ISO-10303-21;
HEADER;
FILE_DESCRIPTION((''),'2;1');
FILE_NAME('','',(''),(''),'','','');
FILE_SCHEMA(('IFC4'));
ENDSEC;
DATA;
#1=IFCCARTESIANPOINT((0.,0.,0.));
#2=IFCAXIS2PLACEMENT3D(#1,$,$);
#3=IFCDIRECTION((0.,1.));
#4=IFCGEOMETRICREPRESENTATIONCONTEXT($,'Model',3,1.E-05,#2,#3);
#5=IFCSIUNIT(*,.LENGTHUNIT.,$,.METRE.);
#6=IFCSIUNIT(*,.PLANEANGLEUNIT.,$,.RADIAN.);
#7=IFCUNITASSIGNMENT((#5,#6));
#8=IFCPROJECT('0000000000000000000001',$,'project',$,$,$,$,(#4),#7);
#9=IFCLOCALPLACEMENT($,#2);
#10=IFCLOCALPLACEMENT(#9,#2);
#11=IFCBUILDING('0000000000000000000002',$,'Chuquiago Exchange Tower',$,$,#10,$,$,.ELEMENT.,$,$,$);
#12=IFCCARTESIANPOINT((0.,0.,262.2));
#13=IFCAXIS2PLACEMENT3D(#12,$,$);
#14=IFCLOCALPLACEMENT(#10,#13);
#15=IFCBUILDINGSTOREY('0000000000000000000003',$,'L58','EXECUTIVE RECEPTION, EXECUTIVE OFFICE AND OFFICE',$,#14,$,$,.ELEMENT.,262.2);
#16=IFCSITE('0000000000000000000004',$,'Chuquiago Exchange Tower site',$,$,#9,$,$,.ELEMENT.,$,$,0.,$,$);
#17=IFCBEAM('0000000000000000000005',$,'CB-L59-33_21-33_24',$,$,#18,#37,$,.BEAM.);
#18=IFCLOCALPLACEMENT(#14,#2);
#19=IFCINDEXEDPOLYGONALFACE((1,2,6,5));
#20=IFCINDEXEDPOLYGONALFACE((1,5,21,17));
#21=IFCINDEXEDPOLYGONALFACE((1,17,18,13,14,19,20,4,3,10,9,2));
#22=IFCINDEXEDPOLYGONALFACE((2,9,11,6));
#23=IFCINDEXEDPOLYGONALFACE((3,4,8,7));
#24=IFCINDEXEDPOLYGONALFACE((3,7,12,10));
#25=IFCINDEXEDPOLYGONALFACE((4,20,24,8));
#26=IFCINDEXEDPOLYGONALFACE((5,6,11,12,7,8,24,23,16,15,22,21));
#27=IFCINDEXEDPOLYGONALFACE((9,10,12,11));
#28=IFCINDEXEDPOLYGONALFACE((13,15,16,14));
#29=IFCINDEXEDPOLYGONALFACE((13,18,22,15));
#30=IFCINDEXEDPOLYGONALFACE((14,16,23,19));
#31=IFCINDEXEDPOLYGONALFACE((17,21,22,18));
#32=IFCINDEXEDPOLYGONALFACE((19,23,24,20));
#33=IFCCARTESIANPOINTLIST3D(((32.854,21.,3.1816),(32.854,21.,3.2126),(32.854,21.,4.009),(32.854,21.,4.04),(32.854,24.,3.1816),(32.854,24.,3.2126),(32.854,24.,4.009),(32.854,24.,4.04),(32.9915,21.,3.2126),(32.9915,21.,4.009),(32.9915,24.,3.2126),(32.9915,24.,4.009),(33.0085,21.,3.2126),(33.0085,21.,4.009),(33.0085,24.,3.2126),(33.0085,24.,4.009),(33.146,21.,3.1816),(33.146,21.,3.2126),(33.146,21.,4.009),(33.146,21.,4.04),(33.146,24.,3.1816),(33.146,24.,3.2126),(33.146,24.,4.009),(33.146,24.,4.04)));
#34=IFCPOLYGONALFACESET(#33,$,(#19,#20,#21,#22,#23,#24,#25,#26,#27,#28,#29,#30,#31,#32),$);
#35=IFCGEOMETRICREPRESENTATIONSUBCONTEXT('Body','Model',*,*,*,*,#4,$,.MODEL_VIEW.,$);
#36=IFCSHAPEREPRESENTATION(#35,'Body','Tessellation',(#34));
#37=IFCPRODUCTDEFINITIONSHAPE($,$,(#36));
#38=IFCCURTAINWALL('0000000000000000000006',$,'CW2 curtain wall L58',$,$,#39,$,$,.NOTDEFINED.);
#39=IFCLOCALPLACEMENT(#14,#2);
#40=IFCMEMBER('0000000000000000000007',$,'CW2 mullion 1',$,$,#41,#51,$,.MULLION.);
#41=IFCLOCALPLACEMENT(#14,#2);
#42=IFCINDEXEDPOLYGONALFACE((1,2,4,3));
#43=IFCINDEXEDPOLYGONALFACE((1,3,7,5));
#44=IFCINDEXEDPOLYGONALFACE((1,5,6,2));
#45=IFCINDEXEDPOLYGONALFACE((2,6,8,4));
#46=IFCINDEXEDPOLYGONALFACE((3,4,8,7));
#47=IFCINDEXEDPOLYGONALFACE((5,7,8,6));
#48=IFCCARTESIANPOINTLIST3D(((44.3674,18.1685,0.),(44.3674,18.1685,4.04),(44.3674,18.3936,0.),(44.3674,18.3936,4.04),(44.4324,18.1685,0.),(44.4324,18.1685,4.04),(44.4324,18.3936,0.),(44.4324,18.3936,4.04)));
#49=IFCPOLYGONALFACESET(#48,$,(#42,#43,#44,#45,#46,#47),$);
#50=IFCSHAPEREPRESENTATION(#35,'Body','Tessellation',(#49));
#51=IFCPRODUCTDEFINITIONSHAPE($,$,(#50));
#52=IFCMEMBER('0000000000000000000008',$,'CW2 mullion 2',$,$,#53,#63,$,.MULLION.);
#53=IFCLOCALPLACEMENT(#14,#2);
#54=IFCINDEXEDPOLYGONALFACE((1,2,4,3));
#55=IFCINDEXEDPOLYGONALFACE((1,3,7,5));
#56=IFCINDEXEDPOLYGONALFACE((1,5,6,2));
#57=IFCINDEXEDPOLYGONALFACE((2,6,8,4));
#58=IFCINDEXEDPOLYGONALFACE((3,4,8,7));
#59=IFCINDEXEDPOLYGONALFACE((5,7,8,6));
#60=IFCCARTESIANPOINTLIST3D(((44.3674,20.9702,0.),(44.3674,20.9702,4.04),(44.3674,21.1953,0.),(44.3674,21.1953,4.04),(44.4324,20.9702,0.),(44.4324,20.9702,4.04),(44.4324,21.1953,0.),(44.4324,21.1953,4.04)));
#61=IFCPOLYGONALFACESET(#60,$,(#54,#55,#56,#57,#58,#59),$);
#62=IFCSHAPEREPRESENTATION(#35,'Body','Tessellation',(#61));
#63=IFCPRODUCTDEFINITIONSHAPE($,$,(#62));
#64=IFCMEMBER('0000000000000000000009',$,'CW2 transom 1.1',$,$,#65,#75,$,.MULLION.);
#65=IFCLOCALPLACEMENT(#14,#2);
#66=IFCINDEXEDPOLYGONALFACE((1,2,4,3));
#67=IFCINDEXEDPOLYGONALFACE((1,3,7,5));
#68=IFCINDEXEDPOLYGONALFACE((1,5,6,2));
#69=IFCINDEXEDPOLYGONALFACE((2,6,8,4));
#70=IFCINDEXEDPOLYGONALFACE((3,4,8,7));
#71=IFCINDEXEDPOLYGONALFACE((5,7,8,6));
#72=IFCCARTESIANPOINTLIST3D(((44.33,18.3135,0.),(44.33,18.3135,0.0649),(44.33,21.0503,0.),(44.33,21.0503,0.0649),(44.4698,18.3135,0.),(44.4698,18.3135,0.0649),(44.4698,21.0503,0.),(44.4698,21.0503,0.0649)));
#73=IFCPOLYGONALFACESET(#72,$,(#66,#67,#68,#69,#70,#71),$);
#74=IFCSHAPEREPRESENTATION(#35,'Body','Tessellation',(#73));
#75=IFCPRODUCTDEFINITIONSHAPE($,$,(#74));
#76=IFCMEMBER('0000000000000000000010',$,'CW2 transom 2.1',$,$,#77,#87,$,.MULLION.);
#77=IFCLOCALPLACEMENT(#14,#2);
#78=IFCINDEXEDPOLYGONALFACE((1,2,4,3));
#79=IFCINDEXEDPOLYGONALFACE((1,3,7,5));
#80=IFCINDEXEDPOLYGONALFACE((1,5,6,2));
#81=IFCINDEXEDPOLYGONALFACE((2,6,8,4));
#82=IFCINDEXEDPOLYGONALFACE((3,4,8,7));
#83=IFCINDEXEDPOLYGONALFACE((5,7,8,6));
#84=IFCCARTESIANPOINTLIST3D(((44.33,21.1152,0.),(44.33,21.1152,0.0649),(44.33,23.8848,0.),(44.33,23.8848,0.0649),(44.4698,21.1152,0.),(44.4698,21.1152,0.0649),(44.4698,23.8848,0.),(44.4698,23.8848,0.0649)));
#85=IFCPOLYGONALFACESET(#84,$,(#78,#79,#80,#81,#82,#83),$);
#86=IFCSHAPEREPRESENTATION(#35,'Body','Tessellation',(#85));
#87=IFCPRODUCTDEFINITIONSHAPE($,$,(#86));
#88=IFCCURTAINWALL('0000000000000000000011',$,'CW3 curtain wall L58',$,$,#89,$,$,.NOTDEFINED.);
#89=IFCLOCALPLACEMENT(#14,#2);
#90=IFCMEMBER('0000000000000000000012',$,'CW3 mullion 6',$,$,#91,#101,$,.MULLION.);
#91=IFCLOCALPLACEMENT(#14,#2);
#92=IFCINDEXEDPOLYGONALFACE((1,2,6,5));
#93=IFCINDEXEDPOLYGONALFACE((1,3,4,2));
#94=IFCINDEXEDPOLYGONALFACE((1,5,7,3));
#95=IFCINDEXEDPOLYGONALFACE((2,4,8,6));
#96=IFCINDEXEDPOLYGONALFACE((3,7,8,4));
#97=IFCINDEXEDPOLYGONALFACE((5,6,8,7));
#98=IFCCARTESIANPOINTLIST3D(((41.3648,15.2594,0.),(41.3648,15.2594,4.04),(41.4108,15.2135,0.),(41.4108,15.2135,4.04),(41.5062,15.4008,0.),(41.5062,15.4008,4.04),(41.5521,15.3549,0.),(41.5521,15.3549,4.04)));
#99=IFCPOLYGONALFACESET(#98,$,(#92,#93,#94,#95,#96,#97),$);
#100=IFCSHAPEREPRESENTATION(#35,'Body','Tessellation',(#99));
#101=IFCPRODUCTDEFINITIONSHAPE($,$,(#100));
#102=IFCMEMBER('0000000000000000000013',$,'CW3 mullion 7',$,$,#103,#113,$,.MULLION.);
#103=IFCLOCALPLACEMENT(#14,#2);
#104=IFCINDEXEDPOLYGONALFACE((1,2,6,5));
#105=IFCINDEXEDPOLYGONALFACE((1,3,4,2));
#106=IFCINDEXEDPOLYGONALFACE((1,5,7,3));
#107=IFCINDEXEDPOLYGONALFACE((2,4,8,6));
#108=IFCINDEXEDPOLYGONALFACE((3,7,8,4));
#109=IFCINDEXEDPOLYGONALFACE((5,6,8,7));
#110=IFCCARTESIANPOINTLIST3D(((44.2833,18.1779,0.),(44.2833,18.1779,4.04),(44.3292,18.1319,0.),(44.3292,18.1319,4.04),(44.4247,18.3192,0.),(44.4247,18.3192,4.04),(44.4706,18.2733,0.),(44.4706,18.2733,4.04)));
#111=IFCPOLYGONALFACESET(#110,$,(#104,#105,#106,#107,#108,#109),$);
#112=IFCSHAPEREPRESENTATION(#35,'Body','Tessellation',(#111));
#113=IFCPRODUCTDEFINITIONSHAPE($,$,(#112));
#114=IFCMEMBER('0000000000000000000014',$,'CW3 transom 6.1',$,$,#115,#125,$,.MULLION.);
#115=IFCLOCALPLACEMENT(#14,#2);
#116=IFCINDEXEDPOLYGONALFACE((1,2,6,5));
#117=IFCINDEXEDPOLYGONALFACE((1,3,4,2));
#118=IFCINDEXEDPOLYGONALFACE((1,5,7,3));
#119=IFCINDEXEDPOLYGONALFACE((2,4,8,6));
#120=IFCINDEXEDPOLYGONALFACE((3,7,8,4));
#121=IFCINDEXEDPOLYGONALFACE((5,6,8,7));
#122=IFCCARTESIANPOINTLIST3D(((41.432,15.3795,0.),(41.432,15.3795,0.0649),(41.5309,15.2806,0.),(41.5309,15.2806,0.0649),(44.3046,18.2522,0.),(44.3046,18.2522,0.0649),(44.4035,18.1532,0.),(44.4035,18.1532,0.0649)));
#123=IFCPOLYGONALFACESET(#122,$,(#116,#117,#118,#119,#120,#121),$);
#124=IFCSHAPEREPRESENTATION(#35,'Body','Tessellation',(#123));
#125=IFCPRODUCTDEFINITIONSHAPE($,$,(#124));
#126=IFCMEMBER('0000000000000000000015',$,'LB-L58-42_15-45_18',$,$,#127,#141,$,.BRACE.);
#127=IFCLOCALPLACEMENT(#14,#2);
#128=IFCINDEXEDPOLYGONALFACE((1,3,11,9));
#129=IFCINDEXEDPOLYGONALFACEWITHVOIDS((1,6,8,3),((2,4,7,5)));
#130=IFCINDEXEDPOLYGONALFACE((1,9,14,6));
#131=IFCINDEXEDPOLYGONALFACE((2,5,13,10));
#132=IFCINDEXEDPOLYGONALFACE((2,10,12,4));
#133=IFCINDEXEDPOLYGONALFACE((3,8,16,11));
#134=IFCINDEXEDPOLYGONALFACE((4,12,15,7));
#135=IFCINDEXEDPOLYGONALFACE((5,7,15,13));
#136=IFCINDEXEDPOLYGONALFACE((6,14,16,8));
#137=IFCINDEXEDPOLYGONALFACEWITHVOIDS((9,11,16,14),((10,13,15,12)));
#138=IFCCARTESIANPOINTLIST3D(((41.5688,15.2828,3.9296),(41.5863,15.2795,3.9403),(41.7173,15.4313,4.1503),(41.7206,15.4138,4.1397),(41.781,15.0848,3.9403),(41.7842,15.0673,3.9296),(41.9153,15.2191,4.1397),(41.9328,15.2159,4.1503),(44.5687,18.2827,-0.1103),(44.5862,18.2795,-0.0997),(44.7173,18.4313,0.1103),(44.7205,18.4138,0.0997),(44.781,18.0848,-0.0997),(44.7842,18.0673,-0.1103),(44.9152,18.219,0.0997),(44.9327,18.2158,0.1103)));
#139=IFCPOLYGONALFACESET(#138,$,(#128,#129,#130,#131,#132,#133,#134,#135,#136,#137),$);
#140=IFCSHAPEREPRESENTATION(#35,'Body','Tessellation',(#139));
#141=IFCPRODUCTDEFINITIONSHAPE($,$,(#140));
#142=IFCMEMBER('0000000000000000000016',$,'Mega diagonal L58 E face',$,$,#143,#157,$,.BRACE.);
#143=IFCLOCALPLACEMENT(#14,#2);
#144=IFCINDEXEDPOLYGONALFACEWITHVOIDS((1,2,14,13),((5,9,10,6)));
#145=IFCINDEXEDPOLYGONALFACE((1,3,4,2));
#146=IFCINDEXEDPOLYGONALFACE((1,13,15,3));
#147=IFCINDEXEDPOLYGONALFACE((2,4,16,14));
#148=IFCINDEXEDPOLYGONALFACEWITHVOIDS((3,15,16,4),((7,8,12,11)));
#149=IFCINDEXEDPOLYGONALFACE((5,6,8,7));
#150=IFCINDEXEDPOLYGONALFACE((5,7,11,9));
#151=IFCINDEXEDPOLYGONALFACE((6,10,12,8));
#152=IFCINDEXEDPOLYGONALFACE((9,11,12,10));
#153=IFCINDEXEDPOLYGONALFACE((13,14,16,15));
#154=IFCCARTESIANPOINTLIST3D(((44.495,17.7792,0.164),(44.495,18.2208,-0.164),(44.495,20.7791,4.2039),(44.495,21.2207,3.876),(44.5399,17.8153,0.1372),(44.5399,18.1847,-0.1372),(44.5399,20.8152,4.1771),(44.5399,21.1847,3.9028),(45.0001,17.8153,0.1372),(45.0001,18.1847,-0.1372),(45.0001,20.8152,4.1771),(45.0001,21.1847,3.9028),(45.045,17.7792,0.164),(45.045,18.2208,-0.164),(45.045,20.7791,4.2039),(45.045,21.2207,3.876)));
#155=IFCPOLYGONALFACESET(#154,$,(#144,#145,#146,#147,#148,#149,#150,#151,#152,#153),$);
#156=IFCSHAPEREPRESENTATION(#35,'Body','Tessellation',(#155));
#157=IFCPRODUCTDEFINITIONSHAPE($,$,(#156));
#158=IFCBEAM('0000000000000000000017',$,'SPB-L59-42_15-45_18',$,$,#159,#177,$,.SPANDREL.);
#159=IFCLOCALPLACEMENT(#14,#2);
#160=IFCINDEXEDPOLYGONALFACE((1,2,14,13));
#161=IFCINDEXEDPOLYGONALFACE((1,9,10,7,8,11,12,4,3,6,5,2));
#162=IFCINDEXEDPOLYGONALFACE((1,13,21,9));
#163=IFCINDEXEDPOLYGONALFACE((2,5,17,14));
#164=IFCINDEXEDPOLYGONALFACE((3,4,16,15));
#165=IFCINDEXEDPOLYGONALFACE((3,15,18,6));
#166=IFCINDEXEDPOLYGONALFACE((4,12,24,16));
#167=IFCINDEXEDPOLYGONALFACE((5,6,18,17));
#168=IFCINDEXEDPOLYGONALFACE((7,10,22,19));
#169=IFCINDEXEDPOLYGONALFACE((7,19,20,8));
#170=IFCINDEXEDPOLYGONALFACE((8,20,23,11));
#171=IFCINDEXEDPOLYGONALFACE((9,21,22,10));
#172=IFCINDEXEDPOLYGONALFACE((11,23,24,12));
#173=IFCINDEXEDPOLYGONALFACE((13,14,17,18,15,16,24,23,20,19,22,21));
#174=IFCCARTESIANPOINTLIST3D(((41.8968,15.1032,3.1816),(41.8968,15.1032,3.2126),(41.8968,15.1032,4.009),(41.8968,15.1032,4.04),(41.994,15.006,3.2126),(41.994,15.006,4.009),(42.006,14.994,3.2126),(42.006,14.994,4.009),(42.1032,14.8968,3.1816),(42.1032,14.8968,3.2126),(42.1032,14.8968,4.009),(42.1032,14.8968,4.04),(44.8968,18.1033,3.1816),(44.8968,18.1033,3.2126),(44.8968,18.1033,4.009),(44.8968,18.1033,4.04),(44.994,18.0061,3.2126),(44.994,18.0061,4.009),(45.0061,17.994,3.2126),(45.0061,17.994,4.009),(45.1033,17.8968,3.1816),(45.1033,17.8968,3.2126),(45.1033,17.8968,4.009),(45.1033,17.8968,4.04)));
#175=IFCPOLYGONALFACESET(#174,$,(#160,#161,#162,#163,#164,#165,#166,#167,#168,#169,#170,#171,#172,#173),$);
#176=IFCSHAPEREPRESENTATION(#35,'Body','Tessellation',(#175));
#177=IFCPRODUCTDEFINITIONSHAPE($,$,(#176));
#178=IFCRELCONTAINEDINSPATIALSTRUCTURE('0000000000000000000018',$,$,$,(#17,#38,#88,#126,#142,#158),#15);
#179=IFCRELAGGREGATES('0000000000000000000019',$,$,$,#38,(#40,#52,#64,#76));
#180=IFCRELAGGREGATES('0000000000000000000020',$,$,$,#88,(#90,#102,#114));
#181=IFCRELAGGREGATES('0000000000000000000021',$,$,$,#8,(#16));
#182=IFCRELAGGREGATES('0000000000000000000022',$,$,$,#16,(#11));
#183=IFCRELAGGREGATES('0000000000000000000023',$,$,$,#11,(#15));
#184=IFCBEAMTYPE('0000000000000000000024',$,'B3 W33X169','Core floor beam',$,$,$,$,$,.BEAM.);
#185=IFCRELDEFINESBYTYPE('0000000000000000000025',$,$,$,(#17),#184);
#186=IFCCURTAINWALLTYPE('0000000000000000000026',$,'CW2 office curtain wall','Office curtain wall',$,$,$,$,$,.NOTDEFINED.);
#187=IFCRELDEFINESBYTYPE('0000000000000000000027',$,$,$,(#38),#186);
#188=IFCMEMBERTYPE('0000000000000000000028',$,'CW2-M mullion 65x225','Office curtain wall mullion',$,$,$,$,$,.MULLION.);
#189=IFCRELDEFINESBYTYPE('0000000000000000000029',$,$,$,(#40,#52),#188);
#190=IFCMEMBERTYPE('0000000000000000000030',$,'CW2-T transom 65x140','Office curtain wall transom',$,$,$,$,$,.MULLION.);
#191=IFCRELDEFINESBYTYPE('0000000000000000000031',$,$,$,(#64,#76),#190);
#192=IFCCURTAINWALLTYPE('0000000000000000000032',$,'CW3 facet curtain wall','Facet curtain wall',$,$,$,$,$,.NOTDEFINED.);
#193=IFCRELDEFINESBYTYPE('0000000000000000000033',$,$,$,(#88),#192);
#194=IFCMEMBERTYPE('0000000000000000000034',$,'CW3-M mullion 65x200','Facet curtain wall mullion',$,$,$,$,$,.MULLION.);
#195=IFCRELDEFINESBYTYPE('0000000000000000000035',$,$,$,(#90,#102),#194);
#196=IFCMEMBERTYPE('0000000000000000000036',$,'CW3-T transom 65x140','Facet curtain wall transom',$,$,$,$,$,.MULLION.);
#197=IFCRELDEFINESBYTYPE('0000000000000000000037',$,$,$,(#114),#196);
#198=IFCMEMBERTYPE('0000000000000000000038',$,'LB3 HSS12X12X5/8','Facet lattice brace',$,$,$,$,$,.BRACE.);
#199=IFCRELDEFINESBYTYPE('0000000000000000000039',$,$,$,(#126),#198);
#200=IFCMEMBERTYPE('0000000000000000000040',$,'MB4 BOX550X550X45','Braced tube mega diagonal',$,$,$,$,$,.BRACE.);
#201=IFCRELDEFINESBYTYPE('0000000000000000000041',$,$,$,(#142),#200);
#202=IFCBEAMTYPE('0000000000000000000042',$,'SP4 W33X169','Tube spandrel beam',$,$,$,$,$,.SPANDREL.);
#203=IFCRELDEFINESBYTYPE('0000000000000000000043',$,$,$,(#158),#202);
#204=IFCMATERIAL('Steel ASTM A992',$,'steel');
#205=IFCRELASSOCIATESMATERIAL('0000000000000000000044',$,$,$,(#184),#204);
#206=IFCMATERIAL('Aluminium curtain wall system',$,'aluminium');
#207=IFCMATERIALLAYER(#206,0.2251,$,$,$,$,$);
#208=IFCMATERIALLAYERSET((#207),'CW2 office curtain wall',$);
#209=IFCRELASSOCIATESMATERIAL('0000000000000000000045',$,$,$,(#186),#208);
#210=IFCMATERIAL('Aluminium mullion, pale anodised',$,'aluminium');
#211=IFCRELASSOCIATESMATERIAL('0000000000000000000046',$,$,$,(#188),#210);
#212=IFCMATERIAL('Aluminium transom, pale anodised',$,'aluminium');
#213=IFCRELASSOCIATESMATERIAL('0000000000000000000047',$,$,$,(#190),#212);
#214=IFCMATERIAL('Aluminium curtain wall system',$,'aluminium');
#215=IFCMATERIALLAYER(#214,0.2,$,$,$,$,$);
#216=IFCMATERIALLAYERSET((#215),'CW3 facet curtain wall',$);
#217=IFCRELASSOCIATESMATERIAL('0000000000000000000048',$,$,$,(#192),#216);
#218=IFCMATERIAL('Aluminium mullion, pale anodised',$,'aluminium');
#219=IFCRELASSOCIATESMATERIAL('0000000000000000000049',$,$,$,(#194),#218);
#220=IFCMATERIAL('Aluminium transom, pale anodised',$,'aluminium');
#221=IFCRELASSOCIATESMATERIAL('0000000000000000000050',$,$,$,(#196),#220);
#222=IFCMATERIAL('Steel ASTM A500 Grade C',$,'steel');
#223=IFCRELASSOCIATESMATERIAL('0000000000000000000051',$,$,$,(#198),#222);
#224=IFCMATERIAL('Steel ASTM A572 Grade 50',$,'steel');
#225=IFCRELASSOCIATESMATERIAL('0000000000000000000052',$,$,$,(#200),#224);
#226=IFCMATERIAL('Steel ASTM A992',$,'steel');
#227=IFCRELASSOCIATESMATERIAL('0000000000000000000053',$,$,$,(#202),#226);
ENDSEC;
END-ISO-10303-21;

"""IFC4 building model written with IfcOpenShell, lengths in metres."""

from ifc_helpers import new_model, si_unit, direction, frame, origin, origin_2d, place, context, subcontext, project, spatial, rectangle, hollow_rectangle, i_section, extrude, material, layer, layer_set, material_profile, profile_set, type_object, element, aggregate, save


model = new_model("IFC4")

# Units and contexts
model_context = context("Model", 3, precision=1e-05, world=origin(), true_north=direction((0.0, 1.0)))
body_context = subcontext(model_context, "Body", "Model", "MODEL_VIEW")
ifc_project = project(units=[si_unit("LENGTHUNIT", "METRE"), si_unit("PLANEANGLEUNIT", "RADIAN")], contexts=[model_context])

# Site, building, storey
site_placement = place(None, origin())
site = spatial("IfcSite", under=ifc_project, at=site_placement, Name="Chuquiago Exchange Tower site", CompositionType="ELEMENT", RefElevation=0.0)
building_placement = place(site_placement, origin())
building = spatial("IfcBuilding", under=site, at=building_placement, Name="Chuquiago Exchange Tower", CompositionType="ELEMENT")
storey_placement = place(building_placement, frame((0.0, 0.0, 262.2)))
storey = spatial("IfcBuildingStorey", under=building, at=storey_placement, Name="L58", Description="EXECUTIVE RECEPTION, EXECUTIVE OFFICE AND OFFICE", CompositionType="ELEMENT", Elevation=262.2)

# Beam
ifc_material_1 = material(Name="Steel ASTM A992", Category="steel")
ifc_material_profile_1 = material_profile(ifc_material_1, i_section(OverallWidth=0.292, OverallDepth=0.8584, WebThickness=0.0171, FlangeThickness=0.031, at=origin_2d()), Name="W33X169")
ifc_profile_set_1 = profile_set([ifc_material_profile_1], Name="Steel ASTM A992")
beam_type_1 = type_object("IfcBeamType", Name="B3 W33X169", Description="Core floor beam", PredefinedType="BEAM", material=ifc_profile_set_1)
beam_1_placement = place(storey_placement, frame((33.0, 21.0, 3.6108), z_axis=(0.0, 1.0, 0.0), x_axis=(-1.0, 0.0, 0.0)))
element("IfcBeam", 1, at=beam_1_placement, inside=storey, type_object=beam_type_1, Name="CB-L59-33_21-33_24", PredefinedType="BEAM", context=body_context, shape_type="SweptSolid", body=[
    extrude(i_section(OverallWidth=0.292, OverallDepth=0.8584, WebThickness=0.0171, FlangeThickness=0.031, at=origin_2d()), origin(), (0.0, 0.0, 1.0), 3.0),
])

# Curtain walls, members
ifc_material_2 = material(Name="Aluminium curtain wall system", Category="aluminium")
ifc_layer_1 = layer(ifc_material_2, 0.2251)
ifc_layer_set_1 = layer_set([ifc_layer_1], Name="CW2 office curtain wall")
curtain_wall_type_1 = type_object("IfcCurtainWallType", Name="CW2 office curtain wall", Description="Office curtain wall", PredefinedType="NOTDEFINED", material=ifc_layer_set_1)
curtain_wall_1_placement = place(storey_placement, origin())
curtain_wall_1 = element("IfcCurtainWall", 2, at=curtain_wall_1_placement, inside=storey, type_object=curtain_wall_type_1, Name="CW2 curtain wall L58", PredefinedType="NOTDEFINED")
ifc_material_3 = material(Name="Aluminium mullion, pale anodised", Category="aluminium")
ifc_material_profile_2 = material_profile(ifc_material_3, rectangle(XDim=0.0649, YDim=0.2251, at=origin_2d()), Name="AL 65x225")
ifc_profile_set_2 = profile_set([ifc_material_profile_2], Name="Aluminium mullion, pale anodised")
member_type_1 = type_object("IfcMemberType", Name="CW2-M mullion 65x225", Description="Office curtain wall mullion", PredefinedType="MULLION", material=ifc_profile_set_2)
member_1_placement = place(storey_placement, frame((44.3999, 18.281, 0.0), z_axis=(0.0, 0.0, 1.0), x_axis=(-1.0, 0.0, 0.0)))
member_1 = element("IfcMember", 3, at=member_1_placement, type_object=member_type_1, Name="CW2 mullion 1", PredefinedType="MULLION", context=body_context, shape_type="SweptSolid", body=[
    extrude(rectangle(XDim=0.0649, YDim=0.2251, at=origin_2d()), origin(), (0.0, 0.0, 1.0), 4.04),
])
member_2_placement = place(storey_placement, frame((44.3999, 21.0828, 0.0), z_axis=(0.0, 0.0, 1.0), x_axis=(-1.0, 0.0, 0.0)))
member_2 = element("IfcMember", 4, at=member_2_placement, type_object=member_type_1, Name="CW2 mullion 2", PredefinedType="MULLION", context=body_context, shape_type="SweptSolid", body=[
    extrude(rectangle(XDim=0.0649, YDim=0.2251, at=origin_2d()), origin(), (0.0, 0.0, 1.0), 4.04),
])
ifc_material_4 = material(Name="Aluminium transom, pale anodised", Category="aluminium")
ifc_material_profile_3 = material_profile(ifc_material_4, rectangle(XDim=0.1399, YDim=0.0649, at=origin_2d()), Name="AL 140x65")
ifc_profile_set_3 = profile_set([ifc_material_profile_3], Name="Aluminium transom, pale anodised")
member_type_2 = type_object("IfcMemberType", Name="CW2-T transom 65x140", Description="Office curtain wall transom", PredefinedType="MULLION", material=ifc_profile_set_3)
member_3_placement = place(storey_placement, frame((44.3999, 18.3135, 0.0325), z_axis=(0.0, 1.0, 0.0), x_axis=(-1.0, 0.0, 0.0)))
member_3 = element("IfcMember", 5, at=member_3_placement, type_object=member_type_2, Name="CW2 transom 1.1", PredefinedType="MULLION", context=body_context, shape_type="SweptSolid", body=[
    extrude(rectangle(XDim=0.1399, YDim=0.0649, at=origin_2d()), origin(), (0.0, 0.0, 1.0), 2.7368),
])
member_4_placement = place(storey_placement, frame((44.3999, 21.1152, 0.0325), z_axis=(0.0, 1.0, 0.0), x_axis=(-1.0, 0.0, 0.0)))
member_4 = element("IfcMember", 6, at=member_4_placement, type_object=member_type_2, Name="CW2 transom 2.1", PredefinedType="MULLION", context=body_context, shape_type="SweptSolid", body=[
    extrude(rectangle(XDim=0.1399, YDim=0.0649, at=origin_2d()), origin(), (0.0, 0.0, 1.0), 2.7695),
])
ifc_material_5 = material(Name="Aluminium curtain wall system", Category="aluminium")
ifc_layer_2 = layer(ifc_material_5, 0.2)
ifc_layer_set_2 = layer_set([ifc_layer_2], Name="CW3 facet curtain wall")
curtain_wall_type_2 = type_object("IfcCurtainWallType", Name="CW3 facet curtain wall", Description="Facet curtain wall", PredefinedType="NOTDEFINED", material=ifc_layer_set_2)
curtain_wall_2_placement = place(storey_placement, origin())
curtain_wall_2 = element("IfcCurtainWall", 7, at=curtain_wall_2_placement, inside=storey, type_object=curtain_wall_type_2, Name="CW3 curtain wall L58", PredefinedType="NOTDEFINED")
ifc_material_6 = material(Name="Aluminium mullion, pale anodised", Category="aluminium")
ifc_material_profile_4 = material_profile(ifc_material_6, rectangle(XDim=0.0649, YDim=0.2, at=origin_2d()), Name="AL 65x200")
ifc_profile_set_4 = profile_set([ifc_material_profile_4], Name="Aluminium mullion, pale anodised")
member_type_3 = type_object("IfcMemberType", Name="CW3-M mullion 65x200", Description="Facet curtain wall mullion", PredefinedType="MULLION", material=ifc_profile_set_4)
member_5_placement = place(storey_placement, frame((41.4585, 15.3071, 0.0), z_axis=(0.0, 0.0, 1.0), x_axis=(-0.707107, 0.707107, 0.0)))
member_5 = element("IfcMember", 8, at=member_5_placement, type_object=member_type_3, Name="CW3 mullion 6", PredefinedType="MULLION", context=body_context, shape_type="SweptSolid", body=[
    extrude(rectangle(XDim=0.0649, YDim=0.2, at=origin_2d()), origin(), (0.0, 0.0, 1.0), 4.04),
])
member_6_placement = place(storey_placement, frame((44.377, 18.2256, 0.0), z_axis=(0.0, 0.0, 1.0), x_axis=(-0.707107, 0.707107, 0.0)))
member_6 = element("IfcMember", 9, at=member_6_placement, type_object=member_type_3, Name="CW3 mullion 7", PredefinedType="MULLION", context=body_context, shape_type="SweptSolid", body=[
    extrude(rectangle(XDim=0.0649, YDim=0.2, at=origin_2d()), origin(), (0.0, 0.0, 1.0), 4.04),
])
ifc_material_7 = material(Name="Aluminium transom, pale anodised", Category="aluminium")
ifc_material_profile_5 = material_profile(ifc_material_7, rectangle(XDim=0.1399, YDim=0.0649, at=origin_2d()), Name="AL 140x65")
ifc_profile_set_5 = profile_set([ifc_material_profile_5], Name="Aluminium transom, pale anodised")
member_type_4 = type_object("IfcMemberType", Name="CW3-T transom 65x140", Description="Facet curtain wall transom", PredefinedType="MULLION", material=ifc_profile_set_5)
member_7_placement = place(storey_placement, frame((41.4814, 15.3301, 0.0325), z_axis=(0.707107, 0.707107, 0.0), x_axis=(-0.707107, 0.707107, 0.0)))
member_7 = element("IfcMember", 10, at=member_7_placement, type_object=member_type_4, Name="CW3 transom 6.1", PredefinedType="MULLION", context=body_context, shape_type="SweptSolid", body=[
    extrude(rectangle(XDim=0.1399, YDim=0.0649, at=origin_2d()), origin(), (0.0, 0.0, 1.0), 4.0625),
])

# Members
ifc_material_8 = material(Name="Steel ASTM A500 Grade C", Category="steel")
ifc_material_profile_6 = material_profile(ifc_material_8, hollow_rectangle(XDim=0.3047, YDim=0.3047, WallThickness=0.0146, at=origin_2d()), Name="HSS12X12X5/8")
ifc_profile_set_6 = profile_set([ifc_material_profile_6], Name="Steel ASTM A500 Grade C")
member_type_5 = type_object("IfcMemberType", Name="LB3 HSS12X12X5/8", Description="Facet lattice brace", PredefinedType="BRACE", material=ifc_profile_set_6)
member_8_placement = place(storey_placement, frame((44.7507, 18.2493, 0.0), z_axis=(-0.512077, -0.512077, 0.689604), x_axis=(0.707107, -0.707107, 0.0)))
element("IfcMember", 11, at=member_8_placement, inside=storey, type_object=member_type_5, Name="LB-L58-42_15-45_18", PredefinedType="BRACE", context=body_context, shape_type="SweptSolid", body=[
    extrude(hollow_rectangle(XDim=0.3047, YDim=0.3047, WallThickness=0.0146, at=origin_2d()), origin(), (0.0, 0.0, 1.0), 5.8584),
])
ifc_material_9 = material(Name="Steel ASTM A572 Grade 50", Category="steel")
ifc_material_profile_7 = material_profile(ifc_material_9, hollow_rectangle(XDim=0.55, YDim=0.55, WallThickness=0.0449, at=origin_2d()), Name="BOX550X550X45")
ifc_profile_set_7 = profile_set([ifc_material_profile_7], Name="Steel ASTM A572 Grade 50")
member_type_6 = type_object("IfcMemberType", Name="MB4 BOX550X550X45", Description="Braced tube mega diagonal", PredefinedType="BRACE", material=ifc_profile_set_7)
member_9_placement = place(storey_placement, frame((44.77, 18.0, 0.0), z_axis=(0.0, 0.596174, 0.802855), x_axis=(-1.0, 0.0, 0.0)))
element("IfcMember", 12, at=member_9_placement, inside=storey, type_object=member_type_6, Name="Mega diagonal L58 E face", PredefinedType="BRACE", context=body_context, shape_type="SweptSolid", body=[
    extrude(hollow_rectangle(XDim=0.55, YDim=0.55, WallThickness=0.0449, at=origin_2d()), origin(), (0.0, 0.0, 1.0), 5.032),
])

# Beam
ifc_material_10 = material(Name="Steel ASTM A992", Category="steel")
ifc_material_profile_8 = material_profile(ifc_material_10, i_section(OverallWidth=0.292, OverallDepth=0.8584, WebThickness=0.0171, FlangeThickness=0.031, at=origin_2d()), Name="W33X169")
ifc_profile_set_8 = profile_set([ifc_material_profile_8], Name="Steel ASTM A992")
beam_type_2 = type_object("IfcBeamType", Name="SP4 W33X169", Description="Tube spandrel beam", PredefinedType="SPANDREL", material=ifc_profile_set_8)
beam_2_placement = place(storey_placement, frame((42.0, 15.0, 3.6108), z_axis=(0.707107, 0.707107, 0.0), x_axis=(-0.707107, 0.707107, 0.0)))
element("IfcBeam", 13, at=beam_2_placement, inside=storey, type_object=beam_type_2, Name="SPB-L59-42_15-45_18", PredefinedType="SPANDREL", context=body_context, shape_type="SweptSolid", body=[
    extrude(i_section(OverallWidth=0.292, OverallDepth=0.8584, WebThickness=0.0171, FlangeThickness=0.031, at=origin_2d()), origin(), (0.0, 0.0, 1.0), 4.2427),
])

aggregate(curtain_wall_1, [member_1, member_2, member_3, member_4])
aggregate(curtain_wall_2, [member_5, member_6, member_7])

save(model, "model.ifc")
